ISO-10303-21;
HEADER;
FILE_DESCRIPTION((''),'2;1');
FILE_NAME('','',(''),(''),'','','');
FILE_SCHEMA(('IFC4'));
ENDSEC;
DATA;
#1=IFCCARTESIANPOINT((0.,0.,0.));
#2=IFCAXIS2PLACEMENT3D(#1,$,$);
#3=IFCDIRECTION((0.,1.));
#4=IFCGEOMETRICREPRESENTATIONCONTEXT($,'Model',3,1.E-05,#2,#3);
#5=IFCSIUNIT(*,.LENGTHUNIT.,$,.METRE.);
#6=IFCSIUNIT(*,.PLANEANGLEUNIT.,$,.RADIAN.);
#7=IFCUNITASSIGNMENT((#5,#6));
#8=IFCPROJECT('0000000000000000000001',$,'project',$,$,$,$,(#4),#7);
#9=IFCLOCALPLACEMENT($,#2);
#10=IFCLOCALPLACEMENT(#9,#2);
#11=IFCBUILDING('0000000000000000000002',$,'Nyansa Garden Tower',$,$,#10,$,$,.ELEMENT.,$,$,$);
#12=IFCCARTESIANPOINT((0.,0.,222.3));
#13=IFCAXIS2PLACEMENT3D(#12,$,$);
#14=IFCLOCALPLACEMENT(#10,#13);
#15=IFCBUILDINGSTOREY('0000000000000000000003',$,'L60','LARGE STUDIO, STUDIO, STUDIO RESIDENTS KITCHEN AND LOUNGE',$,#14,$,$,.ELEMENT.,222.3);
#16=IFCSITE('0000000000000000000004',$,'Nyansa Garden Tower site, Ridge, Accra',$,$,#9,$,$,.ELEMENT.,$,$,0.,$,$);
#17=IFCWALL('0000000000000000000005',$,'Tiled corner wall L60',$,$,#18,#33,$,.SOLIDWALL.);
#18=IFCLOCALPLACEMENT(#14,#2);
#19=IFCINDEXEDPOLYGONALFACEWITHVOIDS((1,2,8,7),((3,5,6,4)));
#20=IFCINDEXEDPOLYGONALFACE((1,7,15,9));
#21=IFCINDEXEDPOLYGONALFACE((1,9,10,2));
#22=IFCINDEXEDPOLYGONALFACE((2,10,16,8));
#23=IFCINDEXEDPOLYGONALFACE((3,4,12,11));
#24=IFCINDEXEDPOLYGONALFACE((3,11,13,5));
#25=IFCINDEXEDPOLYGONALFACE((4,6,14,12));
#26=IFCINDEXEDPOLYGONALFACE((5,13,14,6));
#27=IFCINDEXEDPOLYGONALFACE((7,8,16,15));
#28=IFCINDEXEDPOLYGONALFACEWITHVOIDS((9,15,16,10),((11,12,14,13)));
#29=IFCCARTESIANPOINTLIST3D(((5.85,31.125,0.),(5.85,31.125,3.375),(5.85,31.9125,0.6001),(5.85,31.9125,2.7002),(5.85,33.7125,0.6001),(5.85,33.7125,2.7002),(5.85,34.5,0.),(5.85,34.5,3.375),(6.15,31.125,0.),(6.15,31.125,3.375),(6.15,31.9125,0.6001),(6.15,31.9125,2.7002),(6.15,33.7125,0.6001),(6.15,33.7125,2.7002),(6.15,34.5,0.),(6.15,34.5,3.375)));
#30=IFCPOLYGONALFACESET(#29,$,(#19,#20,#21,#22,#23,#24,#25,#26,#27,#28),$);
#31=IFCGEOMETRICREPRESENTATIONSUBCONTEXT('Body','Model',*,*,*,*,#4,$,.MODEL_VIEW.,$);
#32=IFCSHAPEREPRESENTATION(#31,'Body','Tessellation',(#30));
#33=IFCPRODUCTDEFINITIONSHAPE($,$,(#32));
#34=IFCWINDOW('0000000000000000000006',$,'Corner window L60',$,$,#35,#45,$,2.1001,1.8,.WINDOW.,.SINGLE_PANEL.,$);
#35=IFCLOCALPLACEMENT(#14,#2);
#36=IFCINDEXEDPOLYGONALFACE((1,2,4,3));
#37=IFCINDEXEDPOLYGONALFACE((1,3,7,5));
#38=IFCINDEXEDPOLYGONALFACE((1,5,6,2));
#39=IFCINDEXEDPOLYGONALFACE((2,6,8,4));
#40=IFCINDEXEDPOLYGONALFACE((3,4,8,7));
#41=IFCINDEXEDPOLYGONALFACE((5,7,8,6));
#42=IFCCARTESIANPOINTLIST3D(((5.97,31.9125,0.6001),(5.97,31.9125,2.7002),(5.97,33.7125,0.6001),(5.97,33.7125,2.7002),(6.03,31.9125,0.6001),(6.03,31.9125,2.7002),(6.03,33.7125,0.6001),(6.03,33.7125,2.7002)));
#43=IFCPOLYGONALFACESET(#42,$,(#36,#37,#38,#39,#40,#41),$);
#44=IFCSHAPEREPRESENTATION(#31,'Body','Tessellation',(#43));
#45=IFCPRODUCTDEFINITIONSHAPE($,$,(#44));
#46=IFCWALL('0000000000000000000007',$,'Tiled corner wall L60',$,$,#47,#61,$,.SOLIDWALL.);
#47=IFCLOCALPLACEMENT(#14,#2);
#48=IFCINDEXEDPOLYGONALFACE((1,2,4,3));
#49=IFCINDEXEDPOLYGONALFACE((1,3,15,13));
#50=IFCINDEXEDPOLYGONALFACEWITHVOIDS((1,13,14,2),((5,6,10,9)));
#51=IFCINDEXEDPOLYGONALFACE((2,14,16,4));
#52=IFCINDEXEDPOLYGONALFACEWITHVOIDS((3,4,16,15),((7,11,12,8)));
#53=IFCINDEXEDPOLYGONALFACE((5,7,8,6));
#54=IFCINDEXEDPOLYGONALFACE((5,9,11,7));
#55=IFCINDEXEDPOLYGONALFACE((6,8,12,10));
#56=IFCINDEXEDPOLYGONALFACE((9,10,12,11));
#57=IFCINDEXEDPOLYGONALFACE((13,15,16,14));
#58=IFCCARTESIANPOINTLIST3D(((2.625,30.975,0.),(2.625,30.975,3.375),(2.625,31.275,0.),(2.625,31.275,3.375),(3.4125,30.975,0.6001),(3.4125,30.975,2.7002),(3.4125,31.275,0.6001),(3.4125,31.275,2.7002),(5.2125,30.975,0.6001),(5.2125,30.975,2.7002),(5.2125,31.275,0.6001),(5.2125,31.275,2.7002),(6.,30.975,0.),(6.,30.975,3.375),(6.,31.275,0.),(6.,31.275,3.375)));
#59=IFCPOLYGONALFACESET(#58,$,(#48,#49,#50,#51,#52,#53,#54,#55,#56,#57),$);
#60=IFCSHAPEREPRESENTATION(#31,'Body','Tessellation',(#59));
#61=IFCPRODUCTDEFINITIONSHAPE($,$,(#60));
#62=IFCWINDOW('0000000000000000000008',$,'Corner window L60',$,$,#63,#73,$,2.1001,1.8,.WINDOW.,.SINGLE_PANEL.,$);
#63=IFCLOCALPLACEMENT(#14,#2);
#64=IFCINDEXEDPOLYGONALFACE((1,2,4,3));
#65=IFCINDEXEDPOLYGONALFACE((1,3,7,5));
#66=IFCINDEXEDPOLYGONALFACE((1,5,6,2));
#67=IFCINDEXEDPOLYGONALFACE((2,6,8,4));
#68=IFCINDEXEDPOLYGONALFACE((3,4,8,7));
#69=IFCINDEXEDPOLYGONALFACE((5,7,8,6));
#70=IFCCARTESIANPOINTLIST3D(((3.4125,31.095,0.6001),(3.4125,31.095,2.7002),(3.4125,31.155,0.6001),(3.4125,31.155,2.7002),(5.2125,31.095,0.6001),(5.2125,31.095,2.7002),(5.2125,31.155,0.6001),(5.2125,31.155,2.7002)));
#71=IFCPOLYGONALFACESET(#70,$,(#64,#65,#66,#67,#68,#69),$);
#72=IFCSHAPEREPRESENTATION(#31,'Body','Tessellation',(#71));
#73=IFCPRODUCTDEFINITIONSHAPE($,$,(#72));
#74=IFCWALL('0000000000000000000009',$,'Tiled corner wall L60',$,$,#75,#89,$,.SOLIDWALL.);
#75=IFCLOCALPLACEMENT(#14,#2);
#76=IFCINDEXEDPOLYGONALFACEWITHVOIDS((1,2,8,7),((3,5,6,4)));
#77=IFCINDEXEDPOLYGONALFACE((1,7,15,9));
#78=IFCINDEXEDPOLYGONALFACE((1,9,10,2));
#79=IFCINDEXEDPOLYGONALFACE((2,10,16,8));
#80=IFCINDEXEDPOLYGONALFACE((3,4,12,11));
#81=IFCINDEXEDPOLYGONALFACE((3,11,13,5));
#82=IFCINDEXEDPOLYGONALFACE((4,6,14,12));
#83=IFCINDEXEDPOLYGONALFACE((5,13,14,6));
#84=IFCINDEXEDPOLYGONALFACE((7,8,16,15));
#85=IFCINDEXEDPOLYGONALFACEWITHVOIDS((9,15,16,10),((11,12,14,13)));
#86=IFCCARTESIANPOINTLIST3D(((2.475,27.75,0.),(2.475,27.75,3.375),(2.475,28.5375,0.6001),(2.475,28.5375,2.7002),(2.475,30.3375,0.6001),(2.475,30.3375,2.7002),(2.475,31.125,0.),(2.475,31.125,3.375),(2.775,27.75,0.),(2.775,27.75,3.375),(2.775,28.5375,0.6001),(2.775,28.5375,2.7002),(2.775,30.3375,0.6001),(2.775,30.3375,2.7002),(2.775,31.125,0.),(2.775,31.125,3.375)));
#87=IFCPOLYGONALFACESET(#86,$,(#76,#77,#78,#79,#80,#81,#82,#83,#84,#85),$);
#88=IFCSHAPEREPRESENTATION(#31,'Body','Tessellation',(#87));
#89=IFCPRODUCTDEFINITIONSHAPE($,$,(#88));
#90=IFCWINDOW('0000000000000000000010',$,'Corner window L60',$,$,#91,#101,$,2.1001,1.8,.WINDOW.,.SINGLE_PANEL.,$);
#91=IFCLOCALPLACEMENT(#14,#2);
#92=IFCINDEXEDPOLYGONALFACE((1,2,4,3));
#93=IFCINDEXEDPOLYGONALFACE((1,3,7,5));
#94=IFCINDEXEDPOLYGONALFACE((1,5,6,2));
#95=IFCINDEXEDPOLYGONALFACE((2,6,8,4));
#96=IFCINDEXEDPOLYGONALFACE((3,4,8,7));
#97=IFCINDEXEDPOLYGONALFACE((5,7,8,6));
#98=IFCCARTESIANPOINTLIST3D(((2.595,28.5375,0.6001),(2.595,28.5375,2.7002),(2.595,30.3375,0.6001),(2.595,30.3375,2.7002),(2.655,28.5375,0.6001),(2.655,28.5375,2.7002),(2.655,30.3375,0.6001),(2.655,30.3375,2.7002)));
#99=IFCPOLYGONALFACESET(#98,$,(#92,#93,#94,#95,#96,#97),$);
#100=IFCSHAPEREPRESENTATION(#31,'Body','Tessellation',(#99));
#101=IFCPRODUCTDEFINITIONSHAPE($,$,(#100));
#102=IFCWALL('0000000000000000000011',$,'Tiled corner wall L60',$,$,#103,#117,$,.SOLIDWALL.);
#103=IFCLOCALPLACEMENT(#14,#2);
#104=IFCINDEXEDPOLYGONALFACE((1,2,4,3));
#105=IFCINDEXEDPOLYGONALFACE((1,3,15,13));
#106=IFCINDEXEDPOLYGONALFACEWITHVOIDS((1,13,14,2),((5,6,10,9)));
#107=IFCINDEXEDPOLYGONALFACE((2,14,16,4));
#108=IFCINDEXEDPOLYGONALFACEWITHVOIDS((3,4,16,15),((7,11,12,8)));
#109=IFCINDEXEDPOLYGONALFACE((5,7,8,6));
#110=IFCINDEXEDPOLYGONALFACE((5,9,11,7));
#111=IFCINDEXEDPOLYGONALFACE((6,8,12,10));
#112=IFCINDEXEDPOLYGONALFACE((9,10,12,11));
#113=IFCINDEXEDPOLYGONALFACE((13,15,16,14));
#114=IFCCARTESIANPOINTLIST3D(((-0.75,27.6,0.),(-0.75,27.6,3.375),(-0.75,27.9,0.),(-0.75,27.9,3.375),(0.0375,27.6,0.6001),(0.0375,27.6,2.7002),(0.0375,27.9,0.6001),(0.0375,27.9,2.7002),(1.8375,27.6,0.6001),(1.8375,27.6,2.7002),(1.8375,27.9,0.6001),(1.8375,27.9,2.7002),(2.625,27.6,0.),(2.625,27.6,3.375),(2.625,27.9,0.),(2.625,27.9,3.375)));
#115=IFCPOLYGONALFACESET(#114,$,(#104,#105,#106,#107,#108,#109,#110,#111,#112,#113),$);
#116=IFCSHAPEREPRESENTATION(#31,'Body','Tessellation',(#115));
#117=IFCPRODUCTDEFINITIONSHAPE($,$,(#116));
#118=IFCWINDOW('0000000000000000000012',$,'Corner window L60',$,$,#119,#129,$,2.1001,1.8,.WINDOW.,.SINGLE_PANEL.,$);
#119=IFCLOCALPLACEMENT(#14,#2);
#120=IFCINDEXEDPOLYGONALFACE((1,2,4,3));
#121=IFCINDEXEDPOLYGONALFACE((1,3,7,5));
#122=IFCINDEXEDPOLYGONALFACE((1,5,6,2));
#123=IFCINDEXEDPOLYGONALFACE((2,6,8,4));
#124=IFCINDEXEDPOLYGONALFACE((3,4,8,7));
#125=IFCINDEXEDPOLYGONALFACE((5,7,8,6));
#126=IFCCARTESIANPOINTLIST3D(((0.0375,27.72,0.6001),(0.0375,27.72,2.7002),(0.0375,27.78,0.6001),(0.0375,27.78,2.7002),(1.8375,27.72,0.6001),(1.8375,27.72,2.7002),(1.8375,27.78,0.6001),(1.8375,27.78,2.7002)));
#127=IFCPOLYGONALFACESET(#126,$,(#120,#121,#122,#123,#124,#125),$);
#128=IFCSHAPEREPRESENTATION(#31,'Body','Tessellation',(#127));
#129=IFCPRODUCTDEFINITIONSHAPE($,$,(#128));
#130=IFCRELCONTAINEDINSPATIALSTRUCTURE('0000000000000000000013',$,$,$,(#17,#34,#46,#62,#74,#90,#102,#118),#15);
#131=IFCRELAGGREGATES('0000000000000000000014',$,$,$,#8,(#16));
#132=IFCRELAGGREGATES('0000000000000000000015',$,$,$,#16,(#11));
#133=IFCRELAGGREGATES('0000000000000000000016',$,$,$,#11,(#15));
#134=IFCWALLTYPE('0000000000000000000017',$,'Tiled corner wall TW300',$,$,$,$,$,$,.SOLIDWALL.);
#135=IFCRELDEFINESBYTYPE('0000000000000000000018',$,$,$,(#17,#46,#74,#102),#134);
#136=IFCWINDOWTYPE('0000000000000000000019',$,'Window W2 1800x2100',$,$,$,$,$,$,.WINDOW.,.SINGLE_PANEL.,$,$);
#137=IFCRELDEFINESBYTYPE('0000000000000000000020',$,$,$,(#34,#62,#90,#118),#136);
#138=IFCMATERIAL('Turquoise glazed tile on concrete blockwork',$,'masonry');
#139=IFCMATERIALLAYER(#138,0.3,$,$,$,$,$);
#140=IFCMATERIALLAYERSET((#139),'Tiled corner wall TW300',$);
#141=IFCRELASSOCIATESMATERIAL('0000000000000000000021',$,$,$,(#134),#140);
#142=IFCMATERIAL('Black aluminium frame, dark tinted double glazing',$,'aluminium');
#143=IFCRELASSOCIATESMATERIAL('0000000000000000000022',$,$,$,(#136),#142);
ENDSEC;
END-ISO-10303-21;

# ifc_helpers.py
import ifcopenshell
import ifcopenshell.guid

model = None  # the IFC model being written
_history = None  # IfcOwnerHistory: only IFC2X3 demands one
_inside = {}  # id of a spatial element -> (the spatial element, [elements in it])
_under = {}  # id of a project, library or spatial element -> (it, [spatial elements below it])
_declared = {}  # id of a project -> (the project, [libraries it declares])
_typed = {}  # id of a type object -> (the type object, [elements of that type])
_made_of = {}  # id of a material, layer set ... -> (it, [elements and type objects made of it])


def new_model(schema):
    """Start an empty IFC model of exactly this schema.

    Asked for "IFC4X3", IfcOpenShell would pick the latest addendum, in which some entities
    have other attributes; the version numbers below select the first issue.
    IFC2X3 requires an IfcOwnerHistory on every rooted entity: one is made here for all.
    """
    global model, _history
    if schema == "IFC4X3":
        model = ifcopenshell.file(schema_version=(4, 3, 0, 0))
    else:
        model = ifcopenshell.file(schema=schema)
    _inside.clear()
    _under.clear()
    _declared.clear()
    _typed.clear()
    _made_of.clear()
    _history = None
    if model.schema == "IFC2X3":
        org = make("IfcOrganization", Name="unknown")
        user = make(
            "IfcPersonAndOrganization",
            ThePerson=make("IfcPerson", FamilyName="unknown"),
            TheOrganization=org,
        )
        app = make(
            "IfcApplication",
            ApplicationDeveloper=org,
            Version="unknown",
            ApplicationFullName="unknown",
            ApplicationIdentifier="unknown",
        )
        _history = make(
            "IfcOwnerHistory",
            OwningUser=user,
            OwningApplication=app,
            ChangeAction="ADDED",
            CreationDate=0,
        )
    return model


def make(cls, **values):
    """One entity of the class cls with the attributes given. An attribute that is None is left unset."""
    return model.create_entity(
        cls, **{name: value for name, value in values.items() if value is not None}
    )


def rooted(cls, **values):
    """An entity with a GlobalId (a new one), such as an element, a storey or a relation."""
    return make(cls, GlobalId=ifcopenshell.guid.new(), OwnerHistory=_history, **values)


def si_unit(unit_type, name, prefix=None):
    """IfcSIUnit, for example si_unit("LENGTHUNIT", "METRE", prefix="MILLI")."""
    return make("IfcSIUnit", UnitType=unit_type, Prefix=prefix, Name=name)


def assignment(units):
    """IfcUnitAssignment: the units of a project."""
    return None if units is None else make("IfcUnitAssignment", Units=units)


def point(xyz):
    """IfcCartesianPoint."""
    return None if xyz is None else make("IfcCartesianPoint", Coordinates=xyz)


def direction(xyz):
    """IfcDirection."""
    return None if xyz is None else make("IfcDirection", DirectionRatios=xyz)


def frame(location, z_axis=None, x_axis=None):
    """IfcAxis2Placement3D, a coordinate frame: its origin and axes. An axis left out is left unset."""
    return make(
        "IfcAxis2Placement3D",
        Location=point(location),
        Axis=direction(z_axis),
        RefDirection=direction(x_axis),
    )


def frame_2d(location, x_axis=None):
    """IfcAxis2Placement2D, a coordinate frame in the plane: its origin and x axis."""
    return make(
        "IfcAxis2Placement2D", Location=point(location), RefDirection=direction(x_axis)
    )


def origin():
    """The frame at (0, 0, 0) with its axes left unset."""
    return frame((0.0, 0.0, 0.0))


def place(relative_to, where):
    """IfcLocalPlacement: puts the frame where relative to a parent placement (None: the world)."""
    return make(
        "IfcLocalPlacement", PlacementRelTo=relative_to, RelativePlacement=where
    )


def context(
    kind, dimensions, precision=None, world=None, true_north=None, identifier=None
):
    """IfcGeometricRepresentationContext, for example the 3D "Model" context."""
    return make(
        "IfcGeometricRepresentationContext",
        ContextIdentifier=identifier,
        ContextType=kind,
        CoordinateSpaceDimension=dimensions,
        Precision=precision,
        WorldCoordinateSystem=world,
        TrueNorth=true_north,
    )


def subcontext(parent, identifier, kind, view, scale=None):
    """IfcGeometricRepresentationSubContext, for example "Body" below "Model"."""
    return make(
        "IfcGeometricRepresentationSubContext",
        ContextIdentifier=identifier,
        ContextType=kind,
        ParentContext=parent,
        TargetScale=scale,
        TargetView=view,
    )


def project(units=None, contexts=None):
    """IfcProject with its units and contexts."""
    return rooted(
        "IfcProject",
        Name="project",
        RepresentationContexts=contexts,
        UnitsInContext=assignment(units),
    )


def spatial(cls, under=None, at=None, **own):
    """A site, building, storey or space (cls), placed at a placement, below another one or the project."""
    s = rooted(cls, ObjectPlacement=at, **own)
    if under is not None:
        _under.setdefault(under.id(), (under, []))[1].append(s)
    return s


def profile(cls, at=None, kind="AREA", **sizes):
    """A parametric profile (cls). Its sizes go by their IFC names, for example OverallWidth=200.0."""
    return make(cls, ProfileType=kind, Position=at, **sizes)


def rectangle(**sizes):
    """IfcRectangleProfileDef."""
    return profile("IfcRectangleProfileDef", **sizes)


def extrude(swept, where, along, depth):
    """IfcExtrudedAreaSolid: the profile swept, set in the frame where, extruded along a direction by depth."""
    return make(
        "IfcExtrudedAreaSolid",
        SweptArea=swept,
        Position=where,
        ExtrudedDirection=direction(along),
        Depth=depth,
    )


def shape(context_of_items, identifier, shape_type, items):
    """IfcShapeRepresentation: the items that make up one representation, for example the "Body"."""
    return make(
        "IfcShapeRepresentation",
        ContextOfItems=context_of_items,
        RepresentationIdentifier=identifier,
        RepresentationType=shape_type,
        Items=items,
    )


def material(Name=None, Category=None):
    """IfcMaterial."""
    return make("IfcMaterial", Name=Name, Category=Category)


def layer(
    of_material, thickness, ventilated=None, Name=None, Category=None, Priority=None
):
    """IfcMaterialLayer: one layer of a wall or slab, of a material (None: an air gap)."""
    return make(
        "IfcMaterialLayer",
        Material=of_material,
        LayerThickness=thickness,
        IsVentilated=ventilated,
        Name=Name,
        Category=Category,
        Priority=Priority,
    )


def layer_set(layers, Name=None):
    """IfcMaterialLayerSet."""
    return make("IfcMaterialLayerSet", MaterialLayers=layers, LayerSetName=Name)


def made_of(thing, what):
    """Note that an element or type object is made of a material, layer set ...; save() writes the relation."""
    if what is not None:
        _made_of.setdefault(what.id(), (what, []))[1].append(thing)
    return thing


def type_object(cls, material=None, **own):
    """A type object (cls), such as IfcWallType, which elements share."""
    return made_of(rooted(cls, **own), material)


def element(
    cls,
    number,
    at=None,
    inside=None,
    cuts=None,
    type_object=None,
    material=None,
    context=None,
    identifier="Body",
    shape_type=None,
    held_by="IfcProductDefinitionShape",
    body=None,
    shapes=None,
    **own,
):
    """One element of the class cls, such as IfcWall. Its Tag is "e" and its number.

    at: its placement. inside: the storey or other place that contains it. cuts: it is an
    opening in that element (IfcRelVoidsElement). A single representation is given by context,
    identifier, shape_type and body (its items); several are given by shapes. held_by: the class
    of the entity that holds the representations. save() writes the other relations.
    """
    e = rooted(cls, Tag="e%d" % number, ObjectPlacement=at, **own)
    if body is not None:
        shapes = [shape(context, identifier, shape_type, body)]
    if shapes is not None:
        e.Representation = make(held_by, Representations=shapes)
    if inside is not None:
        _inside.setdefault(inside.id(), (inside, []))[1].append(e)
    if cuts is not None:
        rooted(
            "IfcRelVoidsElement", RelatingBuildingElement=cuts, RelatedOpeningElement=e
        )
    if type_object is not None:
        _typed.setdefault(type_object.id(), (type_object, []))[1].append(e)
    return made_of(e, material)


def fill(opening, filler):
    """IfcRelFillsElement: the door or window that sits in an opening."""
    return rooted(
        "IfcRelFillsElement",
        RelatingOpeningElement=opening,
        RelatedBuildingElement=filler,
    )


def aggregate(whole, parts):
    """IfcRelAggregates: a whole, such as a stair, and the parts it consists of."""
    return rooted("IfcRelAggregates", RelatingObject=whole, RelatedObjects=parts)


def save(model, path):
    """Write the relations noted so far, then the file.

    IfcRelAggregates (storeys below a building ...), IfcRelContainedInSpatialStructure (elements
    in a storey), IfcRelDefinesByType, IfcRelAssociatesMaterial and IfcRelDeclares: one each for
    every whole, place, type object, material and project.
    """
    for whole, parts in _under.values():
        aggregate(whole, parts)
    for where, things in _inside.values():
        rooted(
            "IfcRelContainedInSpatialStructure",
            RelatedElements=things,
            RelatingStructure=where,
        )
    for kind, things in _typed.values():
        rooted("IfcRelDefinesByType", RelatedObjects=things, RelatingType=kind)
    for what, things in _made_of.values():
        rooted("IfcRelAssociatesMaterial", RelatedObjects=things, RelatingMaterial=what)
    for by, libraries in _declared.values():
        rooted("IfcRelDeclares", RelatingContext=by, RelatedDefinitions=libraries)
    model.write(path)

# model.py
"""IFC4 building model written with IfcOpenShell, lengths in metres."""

from ifc_helpers import new_model, si_unit, direction, frame, frame_2d, origin, place, context, subcontext, project, spatial, rectangle, extrude, material, layer, layer_set, type_object, element, fill, save


model = new_model("IFC4")

# Units and contexts
model_context = context("Model", 3, precision=1e-05, world=origin(), true_north=direction((0.0, 1.0)))
body_context = subcontext(model_context, "Body", "Model", "MODEL_VIEW")
ifc_project = project(units=[si_unit("LENGTHUNIT", "METRE"), si_unit("PLANEANGLEUNIT", "RADIAN")], contexts=[model_context])

# Site, building, storey
site_placement = place(None, origin())
site = spatial("IfcSite", under=ifc_project, at=site_placement, Name="Nyansa Garden Tower site, Ridge, Accra", CompositionType="ELEMENT", RefElevation=0.0)
building_placement = place(site_placement, origin())
building = spatial("IfcBuilding", under=site, at=building_placement, Name="Nyansa Garden Tower", CompositionType="ELEMENT")
storey_placement = place(building_placement, frame((0.0, 0.0, 222.3)))
storey = spatial("IfcBuildingStorey", under=building, at=storey_placement, Name="L60", Description="LARGE STUDIO, STUDIO, STUDIO RESIDENTS KITCHEN AND LOUNGE", CompositionType="ELEMENT", Elevation=222.3)

# Walls, openings, windows
ifc_material_1 = material(Name="Turquoise glazed tile on concrete blockwork", Category="masonry")
ifc_layer_1 = layer(ifc_material_1, 0.3)
ifc_layer_set_1 = layer_set([ifc_layer_1], Name="Tiled corner wall TW300")
wall_type = type_object("IfcWallType", Name="Tiled corner wall TW300", PredefinedType="SOLIDWALL", material=ifc_layer_set_1)
wall_1_placement = place(storey_placement, frame((6.0, 34.5, 0.0), z_axis=(0.0, 0.0, 1.0), x_axis=(0.0, -1.0, 0.0)))
wall_1 = element("IfcWall", 1, at=wall_1_placement, inside=storey, type_object=wall_type, Name="Tiled corner wall L60", PredefinedType="SOLIDWALL", context=body_context, shape_type="SweptSolid", body=[
    extrude(rectangle(XDim=3.375, YDim=0.3, at=frame_2d((1.6875, 0.0))), origin(), (0.0, 0.0, 1.0), 3.375),
])
opening_1_placement = place(wall_1_placement, frame((0.7876, 0.0, 0.6001)))
opening_1 = element("IfcOpeningElement", 2, at=opening_1_placement, cuts=wall_1, PredefinedType="OPENING", context=body_context, shape_type="SweptSolid", body=[
    extrude(rectangle(XDim=1.8, YDim=2.1001, at=frame_2d((0.8999, 1.05))), frame((0.0, 0.1599, 0.0), z_axis=(0.0, -1.0, 0.0), x_axis=(1.0, 0.0, 0.0)), (0.0, 0.0, 1.0), 0.3201),
])
ifc_material_2 = material(Name="Black aluminium frame, dark tinted double glazing", Category="aluminium")
window_type = type_object("IfcWindowType", Name="Window W2 1800x2100", PartitioningType="SINGLE_PANEL", PredefinedType="WINDOW", material=ifc_material_2)
window_1_placement = place(opening_1_placement, origin())
window_1 = element("IfcWindow", 3, at=window_1_placement, inside=storey, type_object=window_type, Name="Corner window L60", OverallHeight=2.1001, OverallWidth=1.8, PartitioningType="SINGLE_PANEL", PredefinedType="WINDOW", context=body_context, shape_type="SweptSolid", body=[
    extrude(rectangle(XDim=1.8, YDim=2.1001, at=frame_2d((0.8999, 1.05))), frame((0.0, 0.03, 0.0), z_axis=(0.0, -1.0, 0.0), x_axis=(1.0, 0.0, 0.0)), (0.0, 0.0, 1.0), 0.0601),
])
fill(opening_1, window_1)
wall_2_placement = place(storey_placement, frame((6.0, 31.125, 0.0), z_axis=(0.0, 0.0, 1.0), x_axis=(-1.0, 0.0, 0.0)))
wall_2 = element("IfcWall", 4, at=wall_2_placement, inside=storey, type_object=wall_type, Name="Tiled corner wall L60", PredefinedType="SOLIDWALL", context=body_context, shape_type="SweptSolid", body=[
    extrude(rectangle(XDim=3.375, YDim=0.3, at=frame_2d((1.6875, 0.0))), origin(), (0.0, 0.0, 1.0), 3.375),
])
opening_2_placement = place(wall_2_placement, frame((0.7876, 0.0, 0.6001)))
opening_2 = element("IfcOpeningElement", 5, at=opening_2_placement, cuts=wall_2, PredefinedType="OPENING", context=body_context, shape_type="SweptSolid", body=[
    extrude(rectangle(XDim=1.8, YDim=2.1001, at=frame_2d((0.8999, 1.05))), frame((0.0, 0.1599, 0.0), z_axis=(0.0, -1.0, 0.0), x_axis=(1.0, 0.0, 0.0)), (0.0, 0.0, 1.0), 0.3201),
])
window_2_placement = place(opening_2_placement, origin())
window_2 = element("IfcWindow", 6, at=window_2_placement, inside=storey, type_object=window_type, Name="Corner window L60", OverallHeight=2.1001, OverallWidth=1.8, PartitioningType="SINGLE_PANEL", PredefinedType="WINDOW", context=body_context, shape_type="SweptSolid", body=[
    extrude(rectangle(XDim=1.8, YDim=2.1001, at=frame_2d((0.8999, 1.05))), frame((0.0, 0.03, 0.0), z_axis=(0.0, -1.0, 0.0), x_axis=(1.0, 0.0, 0.0)), (0.0, 0.0, 1.0), 0.0601),
])
fill(opening_2, window_2)
wall_3_placement = place(storey_placement, frame((2.625, 31.125, 0.0), z_axis=(0.0, 0.0, 1.0), x_axis=(0.0, -1.0, 0.0)))
wall_3 = element("IfcWall", 7, at=wall_3_placement, inside=storey, type_object=wall_type, Name="Tiled corner wall L60", PredefinedType="SOLIDWALL", context=body_context, shape_type="SweptSolid", body=[
    extrude(rectangle(XDim=3.375, YDim=0.3, at=frame_2d((1.6875, 0.0))), origin(), (0.0, 0.0, 1.0), 3.375),
])
opening_3_placement = place(wall_3_placement, frame((0.7876, 0.0, 0.6001)))
opening_3 = element("IfcOpeningElement", 8, at=opening_3_placement, cuts=wall_3, PredefinedType="OPENING", context=body_context, shape_type="SweptSolid", body=[
    extrude(rectangle(XDim=1.8, YDim=2.1001, at=frame_2d((0.8999, 1.05))), frame((0.0, 0.1599, 0.0), z_axis=(0.0, -1.0, 0.0), x_axis=(1.0, 0.0, 0.0)), (0.0, 0.0, 1.0), 0.3201),
])
window_3_placement = place(opening_3_placement, origin())
window_3 = element("IfcWindow", 9, at=window_3_placement, inside=storey, type_object=window_type, Name="Corner window L60", OverallHeight=2.1001, OverallWidth=1.8, PartitioningType="SINGLE_PANEL", PredefinedType="WINDOW", context=body_context, shape_type="SweptSolid", body=[
    extrude(rectangle(XDim=1.8, YDim=2.1001, at=frame_2d((0.8999, 1.05))), frame((0.0, 0.03, 0.0), z_axis=(0.0, -1.0, 0.0), x_axis=(1.0, 0.0, 0.0)), (0.0, 0.0, 1.0), 0.0601),
])
fill(opening_3, window_3)
wall_4_placement = place(storey_placement, frame((2.625, 27.75, 0.0), z_axis=(0.0, 0.0, 1.0), x_axis=(-1.0, 0.0, 0.0)))
wall_4 = element("IfcWall", 10, at=wall_4_placement, inside=storey, type_object=wall_type, Name="Tiled corner wall L60", PredefinedType="SOLIDWALL", context=body_context, shape_type="SweptSolid", body=[
    extrude(rectangle(XDim=3.375, YDim=0.3, at=frame_2d((1.6875, 0.0))), origin(), (0.0, 0.0, 1.0), 3.375),
])
opening_4_placement = place(wall_4_placement, frame((0.7876, 0.0, 0.6001)))
opening_4 = element("IfcOpeningElement", 11, at=opening_4_placement, cuts=wall_4, PredefinedType="OPENING", context=body_context, shape_type="SweptSolid", body=[
    extrude(rectangle(XDim=1.8, YDim=2.1001, at=frame_2d((0.8999, 1.05))), frame((0.0, 0.1599, 0.0), z_axis=(0.0, -1.0, 0.0), x_axis=(1.0, 0.0, 0.0)), (0.0, 0.0, 1.0), 0.3201),
])
window_4_placement = place(opening_4_placement, origin())
window_4 = element("IfcWindow", 12, at=window_4_placement, inside=storey, type_object=window_type, Name="Corner window L60", OverallHeight=2.1001, OverallWidth=1.8, PartitioningType="SINGLE_PANEL", PredefinedType="WINDOW", context=body_context, shape_type="SweptSolid", body=[
    extrude(rectangle(XDim=1.8, YDim=2.1001, at=frame_2d((0.8999, 1.05))), frame((0.0, 0.03, 0.0), z_axis=(0.0, -1.0, 0.0), x_axis=(1.0, 0.0, 0.0)), (0.0, 0.0, 1.0), 0.0601),
])
fill(opening_4, window_4)

save(model, "model.ifc")
